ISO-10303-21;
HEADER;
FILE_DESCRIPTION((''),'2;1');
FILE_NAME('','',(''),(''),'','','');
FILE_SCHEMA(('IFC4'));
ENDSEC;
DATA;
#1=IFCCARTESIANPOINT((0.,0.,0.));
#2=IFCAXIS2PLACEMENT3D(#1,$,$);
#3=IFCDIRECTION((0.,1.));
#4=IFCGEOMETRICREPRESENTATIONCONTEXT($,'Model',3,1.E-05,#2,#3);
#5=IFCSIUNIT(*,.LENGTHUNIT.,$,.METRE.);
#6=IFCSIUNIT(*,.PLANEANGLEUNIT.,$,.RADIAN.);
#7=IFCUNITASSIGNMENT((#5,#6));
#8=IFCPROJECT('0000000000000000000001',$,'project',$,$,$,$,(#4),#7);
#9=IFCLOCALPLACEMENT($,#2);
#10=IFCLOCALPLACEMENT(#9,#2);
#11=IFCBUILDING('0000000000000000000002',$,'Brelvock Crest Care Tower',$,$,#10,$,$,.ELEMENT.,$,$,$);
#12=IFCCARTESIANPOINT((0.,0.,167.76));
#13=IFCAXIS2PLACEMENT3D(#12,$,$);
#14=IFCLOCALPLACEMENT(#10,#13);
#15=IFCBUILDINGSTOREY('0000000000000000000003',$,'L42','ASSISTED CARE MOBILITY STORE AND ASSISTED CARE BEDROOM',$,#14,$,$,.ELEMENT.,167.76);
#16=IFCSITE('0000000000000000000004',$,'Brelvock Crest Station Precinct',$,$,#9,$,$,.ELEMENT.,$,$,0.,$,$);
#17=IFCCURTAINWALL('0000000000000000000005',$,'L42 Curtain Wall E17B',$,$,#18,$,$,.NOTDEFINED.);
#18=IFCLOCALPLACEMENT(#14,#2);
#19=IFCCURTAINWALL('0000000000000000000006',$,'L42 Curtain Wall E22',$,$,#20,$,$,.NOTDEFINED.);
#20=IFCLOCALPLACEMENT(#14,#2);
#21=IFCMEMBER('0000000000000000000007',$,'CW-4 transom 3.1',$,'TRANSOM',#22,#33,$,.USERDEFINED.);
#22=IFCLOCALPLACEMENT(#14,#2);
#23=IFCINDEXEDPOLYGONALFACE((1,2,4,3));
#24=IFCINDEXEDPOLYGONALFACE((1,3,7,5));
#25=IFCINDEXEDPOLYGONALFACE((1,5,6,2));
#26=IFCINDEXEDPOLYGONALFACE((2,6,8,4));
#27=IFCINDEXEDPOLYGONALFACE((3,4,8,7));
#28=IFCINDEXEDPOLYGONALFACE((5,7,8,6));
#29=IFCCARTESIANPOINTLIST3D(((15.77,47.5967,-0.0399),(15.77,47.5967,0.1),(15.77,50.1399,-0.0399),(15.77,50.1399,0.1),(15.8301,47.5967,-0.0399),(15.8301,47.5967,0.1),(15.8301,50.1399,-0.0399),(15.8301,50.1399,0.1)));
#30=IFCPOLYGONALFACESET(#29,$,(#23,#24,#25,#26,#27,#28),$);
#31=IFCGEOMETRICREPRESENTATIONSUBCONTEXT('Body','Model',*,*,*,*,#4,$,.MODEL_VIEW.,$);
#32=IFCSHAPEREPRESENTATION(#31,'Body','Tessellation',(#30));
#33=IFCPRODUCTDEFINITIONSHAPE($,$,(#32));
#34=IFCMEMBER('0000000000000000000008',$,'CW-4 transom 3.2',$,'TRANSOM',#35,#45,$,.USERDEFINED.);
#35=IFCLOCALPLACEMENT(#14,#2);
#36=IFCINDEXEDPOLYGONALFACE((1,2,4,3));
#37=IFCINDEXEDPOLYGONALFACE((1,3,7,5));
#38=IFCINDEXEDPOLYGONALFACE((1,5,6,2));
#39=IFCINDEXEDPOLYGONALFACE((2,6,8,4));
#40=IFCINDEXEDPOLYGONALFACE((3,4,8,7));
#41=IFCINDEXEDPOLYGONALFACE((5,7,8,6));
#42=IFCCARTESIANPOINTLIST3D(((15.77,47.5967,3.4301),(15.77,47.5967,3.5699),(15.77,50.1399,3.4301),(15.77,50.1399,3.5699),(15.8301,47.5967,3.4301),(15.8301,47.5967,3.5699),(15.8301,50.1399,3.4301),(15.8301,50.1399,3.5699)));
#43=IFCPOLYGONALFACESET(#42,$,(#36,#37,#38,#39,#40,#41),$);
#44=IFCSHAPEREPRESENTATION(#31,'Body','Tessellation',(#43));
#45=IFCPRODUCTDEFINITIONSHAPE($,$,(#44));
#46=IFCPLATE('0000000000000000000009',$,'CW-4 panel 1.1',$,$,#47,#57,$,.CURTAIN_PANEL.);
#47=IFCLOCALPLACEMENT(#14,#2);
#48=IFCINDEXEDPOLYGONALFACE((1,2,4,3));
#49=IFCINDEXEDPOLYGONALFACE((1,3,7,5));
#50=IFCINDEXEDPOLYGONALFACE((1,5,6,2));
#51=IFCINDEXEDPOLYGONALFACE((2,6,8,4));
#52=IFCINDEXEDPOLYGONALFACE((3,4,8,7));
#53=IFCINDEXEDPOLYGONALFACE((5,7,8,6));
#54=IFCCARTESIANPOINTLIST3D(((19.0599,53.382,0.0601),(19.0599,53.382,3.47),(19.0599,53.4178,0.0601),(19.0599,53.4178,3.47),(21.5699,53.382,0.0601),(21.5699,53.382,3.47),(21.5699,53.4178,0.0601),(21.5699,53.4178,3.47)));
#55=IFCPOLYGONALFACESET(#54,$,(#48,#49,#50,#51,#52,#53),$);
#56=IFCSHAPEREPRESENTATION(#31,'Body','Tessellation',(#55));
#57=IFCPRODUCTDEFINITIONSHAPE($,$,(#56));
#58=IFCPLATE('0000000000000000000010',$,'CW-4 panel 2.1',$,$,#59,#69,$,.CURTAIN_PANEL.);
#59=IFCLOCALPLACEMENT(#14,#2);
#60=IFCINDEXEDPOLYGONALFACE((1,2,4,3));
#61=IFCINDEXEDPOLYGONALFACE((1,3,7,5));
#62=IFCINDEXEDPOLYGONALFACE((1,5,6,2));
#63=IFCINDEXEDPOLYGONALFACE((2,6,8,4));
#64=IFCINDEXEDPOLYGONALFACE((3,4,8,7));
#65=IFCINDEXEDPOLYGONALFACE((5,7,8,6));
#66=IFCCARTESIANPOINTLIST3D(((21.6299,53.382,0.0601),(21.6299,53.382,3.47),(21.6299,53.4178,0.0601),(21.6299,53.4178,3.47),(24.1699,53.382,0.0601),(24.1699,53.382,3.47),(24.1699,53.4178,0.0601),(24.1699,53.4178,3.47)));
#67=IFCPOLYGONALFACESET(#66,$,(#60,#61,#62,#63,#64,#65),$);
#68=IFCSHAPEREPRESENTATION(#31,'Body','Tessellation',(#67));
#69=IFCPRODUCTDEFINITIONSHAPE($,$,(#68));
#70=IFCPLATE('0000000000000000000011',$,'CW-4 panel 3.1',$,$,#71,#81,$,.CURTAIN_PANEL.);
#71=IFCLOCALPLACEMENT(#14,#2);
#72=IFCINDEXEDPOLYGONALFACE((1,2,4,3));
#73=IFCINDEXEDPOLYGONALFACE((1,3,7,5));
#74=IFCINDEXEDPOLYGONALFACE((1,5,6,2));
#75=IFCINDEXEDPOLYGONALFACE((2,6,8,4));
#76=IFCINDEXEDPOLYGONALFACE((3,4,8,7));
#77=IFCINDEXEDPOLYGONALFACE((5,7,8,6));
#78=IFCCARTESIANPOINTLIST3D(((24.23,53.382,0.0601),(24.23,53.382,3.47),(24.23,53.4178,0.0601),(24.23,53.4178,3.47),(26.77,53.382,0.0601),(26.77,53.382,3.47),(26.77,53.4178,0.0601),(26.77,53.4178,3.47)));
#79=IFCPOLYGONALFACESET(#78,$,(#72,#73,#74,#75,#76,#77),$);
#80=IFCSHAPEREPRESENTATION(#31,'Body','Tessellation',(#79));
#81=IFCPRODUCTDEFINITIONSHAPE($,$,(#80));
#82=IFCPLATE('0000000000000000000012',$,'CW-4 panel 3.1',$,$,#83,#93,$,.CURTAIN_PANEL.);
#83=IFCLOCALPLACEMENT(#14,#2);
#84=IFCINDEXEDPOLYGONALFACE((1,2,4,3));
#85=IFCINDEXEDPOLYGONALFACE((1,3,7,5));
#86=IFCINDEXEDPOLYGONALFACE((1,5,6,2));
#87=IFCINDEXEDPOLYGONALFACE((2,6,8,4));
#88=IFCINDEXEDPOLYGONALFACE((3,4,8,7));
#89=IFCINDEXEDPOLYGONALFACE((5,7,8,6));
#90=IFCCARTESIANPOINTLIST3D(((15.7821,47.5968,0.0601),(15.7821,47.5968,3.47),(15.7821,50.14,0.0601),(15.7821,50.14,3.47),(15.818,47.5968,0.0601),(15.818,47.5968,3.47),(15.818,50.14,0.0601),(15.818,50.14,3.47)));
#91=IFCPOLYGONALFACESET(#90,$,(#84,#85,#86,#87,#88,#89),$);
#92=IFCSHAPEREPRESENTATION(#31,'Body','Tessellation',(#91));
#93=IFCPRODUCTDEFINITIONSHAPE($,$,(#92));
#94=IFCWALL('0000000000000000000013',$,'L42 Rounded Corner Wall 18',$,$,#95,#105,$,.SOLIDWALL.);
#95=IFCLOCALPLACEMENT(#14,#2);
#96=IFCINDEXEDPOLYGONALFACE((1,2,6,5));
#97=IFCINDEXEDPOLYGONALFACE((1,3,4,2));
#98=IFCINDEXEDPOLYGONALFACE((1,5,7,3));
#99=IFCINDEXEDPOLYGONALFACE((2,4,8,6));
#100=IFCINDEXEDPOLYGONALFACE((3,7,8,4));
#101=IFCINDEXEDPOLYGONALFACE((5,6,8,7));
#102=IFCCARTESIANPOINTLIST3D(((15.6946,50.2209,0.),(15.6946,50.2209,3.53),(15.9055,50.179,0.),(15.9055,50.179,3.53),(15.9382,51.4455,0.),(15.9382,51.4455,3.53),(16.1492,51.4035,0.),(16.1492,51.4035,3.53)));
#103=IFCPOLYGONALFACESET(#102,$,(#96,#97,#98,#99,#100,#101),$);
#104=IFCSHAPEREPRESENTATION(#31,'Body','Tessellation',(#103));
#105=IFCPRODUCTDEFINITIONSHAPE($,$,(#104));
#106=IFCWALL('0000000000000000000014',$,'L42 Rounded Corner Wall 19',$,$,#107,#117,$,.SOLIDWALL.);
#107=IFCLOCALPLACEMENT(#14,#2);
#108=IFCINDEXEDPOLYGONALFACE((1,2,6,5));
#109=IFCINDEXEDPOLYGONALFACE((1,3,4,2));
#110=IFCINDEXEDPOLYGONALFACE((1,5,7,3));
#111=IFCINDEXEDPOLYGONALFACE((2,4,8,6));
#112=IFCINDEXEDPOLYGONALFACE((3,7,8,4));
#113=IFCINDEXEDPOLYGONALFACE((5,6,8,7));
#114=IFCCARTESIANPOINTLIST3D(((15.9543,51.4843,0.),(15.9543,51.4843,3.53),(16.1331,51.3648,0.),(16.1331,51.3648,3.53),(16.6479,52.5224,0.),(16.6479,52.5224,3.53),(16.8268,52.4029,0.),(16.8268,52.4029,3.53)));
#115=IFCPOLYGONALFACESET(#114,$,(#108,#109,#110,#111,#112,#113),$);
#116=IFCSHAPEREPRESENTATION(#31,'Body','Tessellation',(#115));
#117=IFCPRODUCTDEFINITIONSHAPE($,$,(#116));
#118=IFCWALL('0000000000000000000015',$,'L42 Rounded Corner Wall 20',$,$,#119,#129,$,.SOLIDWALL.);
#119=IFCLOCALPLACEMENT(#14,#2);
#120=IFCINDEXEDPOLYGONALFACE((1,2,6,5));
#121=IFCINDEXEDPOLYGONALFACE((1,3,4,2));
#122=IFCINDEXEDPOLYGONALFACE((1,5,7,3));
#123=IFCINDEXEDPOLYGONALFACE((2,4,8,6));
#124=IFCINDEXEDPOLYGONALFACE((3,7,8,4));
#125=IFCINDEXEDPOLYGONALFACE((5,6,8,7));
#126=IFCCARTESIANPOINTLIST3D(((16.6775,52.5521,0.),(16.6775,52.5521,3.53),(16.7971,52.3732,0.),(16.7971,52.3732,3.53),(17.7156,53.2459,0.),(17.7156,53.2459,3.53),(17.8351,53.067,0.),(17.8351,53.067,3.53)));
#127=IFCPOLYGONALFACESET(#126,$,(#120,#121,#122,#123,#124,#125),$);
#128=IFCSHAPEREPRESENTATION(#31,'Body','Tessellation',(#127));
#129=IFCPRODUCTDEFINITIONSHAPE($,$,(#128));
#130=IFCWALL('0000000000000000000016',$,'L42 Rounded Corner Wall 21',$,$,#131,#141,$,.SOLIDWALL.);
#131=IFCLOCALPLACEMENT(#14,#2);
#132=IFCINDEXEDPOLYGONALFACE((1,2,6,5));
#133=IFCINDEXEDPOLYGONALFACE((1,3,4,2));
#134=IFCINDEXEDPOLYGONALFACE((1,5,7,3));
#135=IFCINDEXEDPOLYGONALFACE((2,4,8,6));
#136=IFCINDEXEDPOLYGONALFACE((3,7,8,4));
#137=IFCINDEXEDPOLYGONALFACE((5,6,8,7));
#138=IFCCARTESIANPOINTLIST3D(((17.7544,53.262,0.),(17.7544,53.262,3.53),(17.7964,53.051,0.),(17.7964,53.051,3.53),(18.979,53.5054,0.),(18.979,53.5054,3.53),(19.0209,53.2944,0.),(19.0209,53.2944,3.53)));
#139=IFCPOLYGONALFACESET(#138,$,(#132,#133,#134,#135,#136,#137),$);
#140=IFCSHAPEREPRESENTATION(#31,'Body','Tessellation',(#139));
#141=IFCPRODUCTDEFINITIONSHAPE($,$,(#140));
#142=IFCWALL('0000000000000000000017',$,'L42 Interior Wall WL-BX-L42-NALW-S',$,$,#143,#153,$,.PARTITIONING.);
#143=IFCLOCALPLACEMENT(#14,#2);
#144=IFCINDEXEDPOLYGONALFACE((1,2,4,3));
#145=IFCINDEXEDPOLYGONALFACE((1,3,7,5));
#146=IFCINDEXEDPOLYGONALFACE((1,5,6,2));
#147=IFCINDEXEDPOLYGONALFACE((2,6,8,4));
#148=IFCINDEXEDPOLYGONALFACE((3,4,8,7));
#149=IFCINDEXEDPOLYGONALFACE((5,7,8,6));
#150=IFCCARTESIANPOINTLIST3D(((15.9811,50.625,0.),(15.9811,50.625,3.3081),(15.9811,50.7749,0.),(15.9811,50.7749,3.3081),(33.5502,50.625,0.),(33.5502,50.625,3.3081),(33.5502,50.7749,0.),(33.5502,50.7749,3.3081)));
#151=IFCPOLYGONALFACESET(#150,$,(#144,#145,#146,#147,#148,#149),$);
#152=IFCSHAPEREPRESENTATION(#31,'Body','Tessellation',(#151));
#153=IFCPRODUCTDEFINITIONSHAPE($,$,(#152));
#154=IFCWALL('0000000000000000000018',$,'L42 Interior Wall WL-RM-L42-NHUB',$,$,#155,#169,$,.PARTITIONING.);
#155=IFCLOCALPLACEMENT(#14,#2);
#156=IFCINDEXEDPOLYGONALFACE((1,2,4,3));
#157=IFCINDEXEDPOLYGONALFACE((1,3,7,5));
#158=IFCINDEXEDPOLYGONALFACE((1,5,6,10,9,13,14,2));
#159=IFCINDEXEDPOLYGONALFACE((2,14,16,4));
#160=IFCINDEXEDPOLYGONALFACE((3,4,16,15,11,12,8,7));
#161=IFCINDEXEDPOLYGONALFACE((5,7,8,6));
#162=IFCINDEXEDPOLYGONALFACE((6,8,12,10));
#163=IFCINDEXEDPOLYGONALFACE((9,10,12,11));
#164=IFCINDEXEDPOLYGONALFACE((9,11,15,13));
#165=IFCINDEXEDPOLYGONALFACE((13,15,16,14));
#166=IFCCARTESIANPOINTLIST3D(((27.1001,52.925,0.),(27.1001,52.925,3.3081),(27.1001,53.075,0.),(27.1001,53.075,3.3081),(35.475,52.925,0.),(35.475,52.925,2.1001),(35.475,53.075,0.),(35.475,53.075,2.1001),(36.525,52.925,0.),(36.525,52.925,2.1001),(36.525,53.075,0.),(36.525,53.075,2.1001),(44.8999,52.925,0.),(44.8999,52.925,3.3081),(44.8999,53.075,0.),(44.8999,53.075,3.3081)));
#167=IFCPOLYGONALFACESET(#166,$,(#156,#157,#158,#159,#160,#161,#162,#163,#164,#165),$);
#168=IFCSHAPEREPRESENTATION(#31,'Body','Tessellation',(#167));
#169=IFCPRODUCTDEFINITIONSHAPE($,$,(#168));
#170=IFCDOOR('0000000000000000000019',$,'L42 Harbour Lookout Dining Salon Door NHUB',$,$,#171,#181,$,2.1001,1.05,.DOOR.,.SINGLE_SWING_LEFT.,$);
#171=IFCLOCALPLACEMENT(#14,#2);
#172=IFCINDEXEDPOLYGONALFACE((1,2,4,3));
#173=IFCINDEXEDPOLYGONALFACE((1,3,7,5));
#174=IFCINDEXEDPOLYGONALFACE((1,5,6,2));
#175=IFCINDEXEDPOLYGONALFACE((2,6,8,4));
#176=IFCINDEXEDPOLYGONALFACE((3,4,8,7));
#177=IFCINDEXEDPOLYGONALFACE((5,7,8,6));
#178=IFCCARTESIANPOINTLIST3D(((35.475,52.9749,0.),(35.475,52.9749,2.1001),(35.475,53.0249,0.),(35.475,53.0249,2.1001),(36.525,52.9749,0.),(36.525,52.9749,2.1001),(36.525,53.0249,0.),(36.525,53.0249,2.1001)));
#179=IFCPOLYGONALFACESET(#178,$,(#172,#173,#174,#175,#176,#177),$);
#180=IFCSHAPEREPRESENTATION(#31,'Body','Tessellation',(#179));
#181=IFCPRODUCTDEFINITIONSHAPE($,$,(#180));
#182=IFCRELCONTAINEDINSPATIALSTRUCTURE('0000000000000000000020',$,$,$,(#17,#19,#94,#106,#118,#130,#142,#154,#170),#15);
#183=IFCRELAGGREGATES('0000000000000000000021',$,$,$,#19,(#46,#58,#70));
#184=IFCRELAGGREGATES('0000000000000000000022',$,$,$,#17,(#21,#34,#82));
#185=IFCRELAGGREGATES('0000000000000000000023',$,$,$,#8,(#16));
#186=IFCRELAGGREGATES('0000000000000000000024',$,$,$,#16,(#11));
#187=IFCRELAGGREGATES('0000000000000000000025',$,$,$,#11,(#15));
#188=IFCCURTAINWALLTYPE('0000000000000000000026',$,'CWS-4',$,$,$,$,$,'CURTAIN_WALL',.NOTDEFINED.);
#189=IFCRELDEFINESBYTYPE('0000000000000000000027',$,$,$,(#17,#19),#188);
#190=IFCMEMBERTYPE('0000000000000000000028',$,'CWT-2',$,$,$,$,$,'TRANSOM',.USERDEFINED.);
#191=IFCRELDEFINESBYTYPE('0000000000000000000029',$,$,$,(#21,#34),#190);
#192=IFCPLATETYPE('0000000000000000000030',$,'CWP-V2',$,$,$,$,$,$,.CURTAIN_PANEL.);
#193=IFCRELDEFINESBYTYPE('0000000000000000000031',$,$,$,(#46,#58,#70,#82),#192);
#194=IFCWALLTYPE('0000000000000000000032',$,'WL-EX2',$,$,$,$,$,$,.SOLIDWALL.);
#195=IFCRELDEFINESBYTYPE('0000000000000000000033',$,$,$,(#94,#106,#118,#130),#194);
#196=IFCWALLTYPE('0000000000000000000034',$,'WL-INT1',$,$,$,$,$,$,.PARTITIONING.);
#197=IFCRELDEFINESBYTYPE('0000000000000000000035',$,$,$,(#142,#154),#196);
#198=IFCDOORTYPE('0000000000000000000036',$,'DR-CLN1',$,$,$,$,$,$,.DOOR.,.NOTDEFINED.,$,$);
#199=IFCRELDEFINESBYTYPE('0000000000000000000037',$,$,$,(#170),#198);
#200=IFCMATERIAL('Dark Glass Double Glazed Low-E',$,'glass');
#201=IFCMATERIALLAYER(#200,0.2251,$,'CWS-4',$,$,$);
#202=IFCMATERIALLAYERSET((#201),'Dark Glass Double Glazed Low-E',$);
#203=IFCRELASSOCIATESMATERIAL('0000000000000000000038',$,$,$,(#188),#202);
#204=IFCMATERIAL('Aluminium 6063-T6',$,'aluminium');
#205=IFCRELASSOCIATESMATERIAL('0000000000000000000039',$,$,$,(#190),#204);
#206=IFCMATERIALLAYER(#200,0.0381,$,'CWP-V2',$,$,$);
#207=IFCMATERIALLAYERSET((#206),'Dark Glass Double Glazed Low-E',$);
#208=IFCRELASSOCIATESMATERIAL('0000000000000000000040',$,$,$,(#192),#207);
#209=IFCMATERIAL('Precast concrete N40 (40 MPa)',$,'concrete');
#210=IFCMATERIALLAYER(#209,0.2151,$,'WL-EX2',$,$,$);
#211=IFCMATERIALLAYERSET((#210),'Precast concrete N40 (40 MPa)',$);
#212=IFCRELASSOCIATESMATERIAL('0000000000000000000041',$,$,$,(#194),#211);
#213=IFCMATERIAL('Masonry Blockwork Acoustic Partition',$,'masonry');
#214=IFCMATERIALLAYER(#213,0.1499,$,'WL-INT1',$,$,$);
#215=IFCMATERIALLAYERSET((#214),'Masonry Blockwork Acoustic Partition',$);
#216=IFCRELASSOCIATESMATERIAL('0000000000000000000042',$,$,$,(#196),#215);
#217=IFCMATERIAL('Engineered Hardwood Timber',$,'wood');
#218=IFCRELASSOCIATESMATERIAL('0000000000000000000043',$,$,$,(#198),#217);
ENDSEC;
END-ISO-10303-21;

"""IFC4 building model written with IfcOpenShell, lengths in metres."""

from ifc_helpers import new_model, si_unit, direction, frame, frame_2d, origin, origin_2d, place, context, subcontext, project, spatial, rectangle, extrude, source, transform, mapped, material, layer, layer_set, material_profile, profile_set, type_object, element, fill, aggregate, save


model = new_model("IFC4")

# Units and contexts
model_context = context("Model", 3, precision=1e-05, world=origin(), true_north=direction((0.0, 1.0)))
body_context = subcontext(model_context, "Body", "Model", "MODEL_VIEW")
ifc_project = project(units=[si_unit("LENGTHUNIT", "METRE"), si_unit("PLANEANGLEUNIT", "RADIAN")], contexts=[model_context])

# Site, building, storey
site_placement = place(None, origin())
site = spatial("IfcSite", under=ifc_project, at=site_placement, Name="Brelvock Crest Station Precinct", CompositionType="ELEMENT", RefElevation=0.0)
building_placement = place(site_placement, origin())
building = spatial("IfcBuilding", under=site, at=building_placement, Name="Brelvock Crest Care Tower", CompositionType="ELEMENT")
storey_placement = place(building_placement, frame((0.0, 0.0, 167.76)))
storey = spatial("IfcBuildingStorey", under=building, at=storey_placement, Name="L42", Description="ASSISTED CARE MOBILITY STORE AND ASSISTED CARE BEDROOM", CompositionType="ELEMENT", Elevation=167.76)

# Curtain walls
ifc_material_1 = material(Name="Dark Glass Double Glazed Low-E", Category="glass")
ifc_layer_1 = layer(ifc_material_1, 0.2251, Name="CWS-4")
ifc_layer_set_1 = layer_set([ifc_layer_1], Name="Dark Glass Double Glazed Low-E")
curtain_wall_type = type_object("IfcCurtainWallType", Name="CWS-4", ElementType="CURTAIN_WALL", PredefinedType="NOTDEFINED", material=ifc_layer_set_1)
curtain_wall_1_placement = place(storey_placement, origin())
curtain_wall_1 = element("IfcCurtainWall", 1, at=curtain_wall_1_placement, inside=storey, type_object=curtain_wall_type, Name="L42 Curtain Wall E17B", PredefinedType="NOTDEFINED")
ifc_material_2 = material(Name="Aluminium 6063-T6", Category="aluminium")
curtain_wall_2_placement = place(storey_placement, origin())
curtain_wall_2 = element("IfcCurtainWall", 2, at=curtain_wall_2_placement, inside=storey, type_object=curtain_wall_type, Name="L42 Curtain Wall E22", PredefinedType="NOTDEFINED")
ifc_material_profile_1 = material_profile(ifc_material_2, rectangle(XDim=0.0601, YDim=0.1399, at=origin_2d()), Name="ALU60x140")
ifc_profile_set_1 = profile_set([ifc_material_profile_1], Name="Aluminium 6063-T6")
member_type_1 = type_object("IfcMemberType", Name="CWT-2", ElementType="TRANSOM", PredefinedType="USERDEFINED", material=ifc_profile_set_1)

# Members
shared_shape_1 = source(origin(), body_context, "Body", "SweptSolid", [
    extrude(rectangle(XDim=0.0601, YDim=0.1399, at=origin_2d()), origin(), (0.0, 0.0, 1.0), 2.5432),
])
member_1_placement = place(storey_placement, frame((15.8, 47.5967, 0.03), z_axis=(0.0, 1.0, 0.0), x_axis=(-1.0, 0.0, 0.0)))
member_1 = element("IfcMember", 3, at=member_1_placement, type_object=member_type_1, Name="CW-4 transom 3.1", ObjectType="TRANSOM", PredefinedType="USERDEFINED", context=body_context, shape_type="MappedRepresentation", body=[
    mapped(shared_shape_1, transform((0.0, 0.0, 0.0), x_axis=(1.0, 0.0, 0.0), y_axis=(0.0, 1.0, 0.0), z_axis=(0.0, 0.0, 1.0), scale=1.0)),
])
member_2_placement = place(storey_placement, frame((15.8, 47.5967, 3.5), z_axis=(0.0, 1.0, 0.0), x_axis=(-1.0, 0.0, 0.0)))
member_2 = element("IfcMember", 4, at=member_2_placement, type_object=member_type_1, Name="CW-4 transom 3.2", ObjectType="TRANSOM", PredefinedType="USERDEFINED", context=body_context, shape_type="MappedRepresentation", body=[
    mapped(shared_shape_1, transform((0.0, 0.0, 0.0), x_axis=(1.0, 0.0, 0.0), y_axis=(0.0, 1.0, 0.0), z_axis=(0.0, 0.0, 1.0), scale=1.0)),
])

# Plates
ifc_layer_2 = layer(ifc_material_1, 0.0381, Name="CWP-V2")
ifc_layer_set_2 = layer_set([ifc_layer_2], Name="Dark Glass Double Glazed Low-E")
plate_type = type_object("IfcPlateType", Name="CWP-V2", PredefinedType="CURTAIN_PANEL", material=ifc_layer_set_2)
shared_shape_2 = source(origin(), body_context, "Body", "SweptSolid", [
    extrude(rectangle(XDim=2.51, YDim=0.0359, at=origin_2d()), origin(), (0.0, 0.0, 1.0), 3.4099),
])
plate_1_placement = place(storey_placement, frame((20.3149, 53.3999, 0.0601), z_axis=(0.0, 0.0, 1.0), x_axis=(1.0, 0.0, 0.0)))
plate_1 = element("IfcPlate", 5, at=plate_1_placement, type_object=plate_type, Name="CW-4 panel 1.1", PredefinedType="CURTAIN_PANEL", context=body_context, shape_type="MappedRepresentation", body=[
    mapped(shared_shape_2, transform((0.0, 0.0, 0.0), x_axis=(1.0, 0.0, 0.0), y_axis=(0.0, 1.0, 0.0), z_axis=(0.0, 0.0, 1.0), scale=1.0)),
])
shared_shape_3 = source(origin(), body_context, "Body", "SweptSolid", [
    extrude(rectangle(XDim=2.54, YDim=0.0359, at=origin_2d()), origin(), (0.0, 0.0, 1.0), 3.4099),
])
plate_2_placement = place(storey_placement, frame((22.8999, 53.3999, 0.0601), z_axis=(0.0, 0.0, 1.0), x_axis=(1.0, 0.0, 0.0)))
plate_2 = element("IfcPlate", 6, at=plate_2_placement, type_object=plate_type, Name="CW-4 panel 2.1", PredefinedType="CURTAIN_PANEL", context=body_context, shape_type="MappedRepresentation", body=[
    mapped(shared_shape_3, transform((0.0, 0.0, 0.0), x_axis=(1.0, 0.0, 0.0), y_axis=(0.0, 1.0, 0.0), z_axis=(0.0, 0.0, 1.0), scale=1.0)),
])
plate_3_placement = place(storey_placement, frame((25.5, 53.3999, 0.0601), z_axis=(0.0, 0.0, 1.0), x_axis=(1.0, 0.0, 0.0)))
plate_3 = element("IfcPlate", 7, at=plate_3_placement, type_object=plate_type, Name="CW-4 panel 3.1", PredefinedType="CURTAIN_PANEL", context=body_context, shape_type="MappedRepresentation", body=[
    mapped(shared_shape_3, transform((0.0, 0.0, 0.0), x_axis=(1.0, 0.0, 0.0), y_axis=(0.0, 1.0, 0.0), z_axis=(0.0, 0.0, 1.0), scale=1.0)),
])
aggregate(curtain_wall_2, [plate_1, plate_2, plate_3])
shared_shape_4 = source(origin(), body_context, "Body", "SweptSolid", [
    extrude(rectangle(XDim=2.5432, YDim=0.0359, at=origin_2d()), origin(), (0.0, 0.0, 1.0), 3.4099),
])
plate_4_placement = place(storey_placement, frame((15.8, 48.8684, 0.0601), z_axis=(0.0, 0.0, 1.0), x_axis=(0.0, 1.0, 0.0)))
plate_4 = element("IfcPlate", 8, at=plate_4_placement, type_object=plate_type, Name="CW-4 panel 3.1", PredefinedType="CURTAIN_PANEL", context=body_context, shape_type="MappedRepresentation", body=[
    mapped(shared_shape_4, transform((0.0, 0.0, 0.0), x_axis=(1.0, 0.0, 0.0), y_axis=(0.0, 1.0, 0.0), z_axis=(0.0, 0.0, 1.0), scale=1.0)),
])
aggregate(curtain_wall_1, [member_1, member_2, plate_4])

# Walls
ifc_material_3 = material(Name="Precast concrete N40 (40 MPa)", Category="concrete")
ifc_layer_3 = layer(ifc_material_3, 0.2151, Name="WL-EX2")
ifc_layer_set_3 = layer_set([ifc_layer_3], Name="Precast concrete N40 (40 MPa)")
wall_type_1 = type_object("IfcWallType", Name="WL-EX2", PredefinedType="SOLIDWALL", material=ifc_layer_set_3)
for number, where, z_axis, x_axis, name in (
    (9, (15.8, 50.2, 0.0), (0.0, 0.0, 1.0), (0.195138, 0.980776, 0.0), "L42 Rounded Corner Wall 18"),
    (10, (16.0437, 51.4246, 0.0), (0.0, 0.0, 1.0), (0.555557, 0.831478, 0.0), "L42 Rounded Corner Wall 19"),
    (11, (16.7373, 52.4626, 0.0), (0.0, 0.0, 1.0), (0.831388, 0.555692, 0.0), "L42 Rounded Corner Wall 20"),
    (12, (17.7754, 53.1565, 0.0), (0.0, 0.0, 1.0), (0.980813, 0.19495, 0.0), "L42 Rounded Corner Wall 21"),
):
    element("IfcWall", number, at=place(storey_placement, frame(where, z_axis=z_axis, x_axis=x_axis)), inside=storey, type_object=wall_type_1, Name=name, PredefinedType="SOLIDWALL", context=body_context, shape_type="SweptSolid", body=[
        extrude(rectangle(XDim=1.2485, YDim=0.2151, at=frame_2d((0.6243, 0.0))), origin(), (0.0, 0.0, 1.0), 3.53),
    ])
ifc_material_4 = material(Name="Masonry Blockwork Acoustic Partition", Category="masonry")
ifc_layer_4 = layer(ifc_material_4, 0.1499, Name="WL-INT1")
ifc_layer_set_4 = layer_set([ifc_layer_4], Name="Masonry Blockwork Acoustic Partition")
wall_type_2 = type_object("IfcWallType", Name="WL-INT1", PredefinedType="PARTITIONING", material=ifc_layer_set_4)
wall_1_placement = place(storey_placement, frame((15.981, 50.7, 0.0), z_axis=(0.0, 0.0, 1.0), x_axis=(1.0, 0.0, 0.0)))
element("IfcWall", 13, at=wall_1_placement, inside=storey, type_object=wall_type_2, Name="L42 Interior Wall WL-BX-L42-NALW-S", PredefinedType="PARTITIONING", context=body_context, shape_type="SweptSolid", body=[
    extrude(rectangle(XDim=17.5691, YDim=0.1499, at=frame_2d((8.7847, 0.0))), origin(), (0.0, 0.0, 1.0), 3.3081),
])

# Wall, opening, door
wall_2_placement = place(storey_placement, frame((27.1001, 53.0, 0.0), z_axis=(0.0, 0.0, 1.0), x_axis=(1.0, 0.0, 0.0)))
wall_2 = element("IfcWall", 14, at=wall_2_placement, inside=storey, type_object=wall_type_2, Name="L42 Interior Wall WL-RM-L42-NHUB", PredefinedType="PARTITIONING", context=body_context, shape_type="SweptSolid", body=[
    extrude(rectangle(XDim=17.7998, YDim=0.1499, at=frame_2d((8.8999, 0.0))), origin(), (0.0, 0.0, 1.0), 3.3081),
])
opening_placement = place(wall_2_placement, frame((8.375, 0.0, 0.0)))
opening = element("IfcOpeningElement", 15, at=opening_placement, cuts=wall_2, PredefinedType="OPENING", context=body_context, shape_type="SweptSolid", body=[
    extrude(rectangle(XDim=1.05, YDim=2.1001, at=origin_2d()), frame((0.5249, 0.085, 1.05), z_axis=(0.0, -1.0, 0.0), x_axis=(1.0, 0.0, 0.0)), (0.0, 0.0, 1.0), 0.1699),
])
ifc_material_5 = material(Name="Engineered Hardwood Timber", Category="wood")
door_type = type_object("IfcDoorType", Name="DR-CLN1", OperationType="NOTDEFINED", PredefinedType="DOOR", material=ifc_material_5)
shared_shape_5 = source(origin(), body_context, "Body", "SweptSolid", [
    extrude(rectangle(XDim=1.05, YDim=2.1001, at=origin_2d()), frame((0.5249, 0.0249, 1.05), z_axis=(0.0, -1.0, 0.0), x_axis=(1.0, 0.0, 0.0)), (0.0, 0.0, 1.0), 0.05),
])
door_placement = place(opening_placement, origin())
door = element("IfcDoor", 16, at=door_placement, inside=storey, type_object=door_type, Name="L42 Harbour Lookout Dining Salon Door NHUB", OperationType="SINGLE_SWING_LEFT", OverallHeight=2.1001, OverallWidth=1.05, PredefinedType="DOOR", context=body_context, shape_type="MappedRepresentation", body=[
    mapped(shared_shape_5, transform((0.0, 0.0, 0.0), x_axis=(1.0, 0.0, 0.0), y_axis=(0.0, 1.0, 0.0), z_axis=(0.0, 0.0, 1.0), scale=1.0)),
])
fill(opening, door)

save(model, "model.ifc")
